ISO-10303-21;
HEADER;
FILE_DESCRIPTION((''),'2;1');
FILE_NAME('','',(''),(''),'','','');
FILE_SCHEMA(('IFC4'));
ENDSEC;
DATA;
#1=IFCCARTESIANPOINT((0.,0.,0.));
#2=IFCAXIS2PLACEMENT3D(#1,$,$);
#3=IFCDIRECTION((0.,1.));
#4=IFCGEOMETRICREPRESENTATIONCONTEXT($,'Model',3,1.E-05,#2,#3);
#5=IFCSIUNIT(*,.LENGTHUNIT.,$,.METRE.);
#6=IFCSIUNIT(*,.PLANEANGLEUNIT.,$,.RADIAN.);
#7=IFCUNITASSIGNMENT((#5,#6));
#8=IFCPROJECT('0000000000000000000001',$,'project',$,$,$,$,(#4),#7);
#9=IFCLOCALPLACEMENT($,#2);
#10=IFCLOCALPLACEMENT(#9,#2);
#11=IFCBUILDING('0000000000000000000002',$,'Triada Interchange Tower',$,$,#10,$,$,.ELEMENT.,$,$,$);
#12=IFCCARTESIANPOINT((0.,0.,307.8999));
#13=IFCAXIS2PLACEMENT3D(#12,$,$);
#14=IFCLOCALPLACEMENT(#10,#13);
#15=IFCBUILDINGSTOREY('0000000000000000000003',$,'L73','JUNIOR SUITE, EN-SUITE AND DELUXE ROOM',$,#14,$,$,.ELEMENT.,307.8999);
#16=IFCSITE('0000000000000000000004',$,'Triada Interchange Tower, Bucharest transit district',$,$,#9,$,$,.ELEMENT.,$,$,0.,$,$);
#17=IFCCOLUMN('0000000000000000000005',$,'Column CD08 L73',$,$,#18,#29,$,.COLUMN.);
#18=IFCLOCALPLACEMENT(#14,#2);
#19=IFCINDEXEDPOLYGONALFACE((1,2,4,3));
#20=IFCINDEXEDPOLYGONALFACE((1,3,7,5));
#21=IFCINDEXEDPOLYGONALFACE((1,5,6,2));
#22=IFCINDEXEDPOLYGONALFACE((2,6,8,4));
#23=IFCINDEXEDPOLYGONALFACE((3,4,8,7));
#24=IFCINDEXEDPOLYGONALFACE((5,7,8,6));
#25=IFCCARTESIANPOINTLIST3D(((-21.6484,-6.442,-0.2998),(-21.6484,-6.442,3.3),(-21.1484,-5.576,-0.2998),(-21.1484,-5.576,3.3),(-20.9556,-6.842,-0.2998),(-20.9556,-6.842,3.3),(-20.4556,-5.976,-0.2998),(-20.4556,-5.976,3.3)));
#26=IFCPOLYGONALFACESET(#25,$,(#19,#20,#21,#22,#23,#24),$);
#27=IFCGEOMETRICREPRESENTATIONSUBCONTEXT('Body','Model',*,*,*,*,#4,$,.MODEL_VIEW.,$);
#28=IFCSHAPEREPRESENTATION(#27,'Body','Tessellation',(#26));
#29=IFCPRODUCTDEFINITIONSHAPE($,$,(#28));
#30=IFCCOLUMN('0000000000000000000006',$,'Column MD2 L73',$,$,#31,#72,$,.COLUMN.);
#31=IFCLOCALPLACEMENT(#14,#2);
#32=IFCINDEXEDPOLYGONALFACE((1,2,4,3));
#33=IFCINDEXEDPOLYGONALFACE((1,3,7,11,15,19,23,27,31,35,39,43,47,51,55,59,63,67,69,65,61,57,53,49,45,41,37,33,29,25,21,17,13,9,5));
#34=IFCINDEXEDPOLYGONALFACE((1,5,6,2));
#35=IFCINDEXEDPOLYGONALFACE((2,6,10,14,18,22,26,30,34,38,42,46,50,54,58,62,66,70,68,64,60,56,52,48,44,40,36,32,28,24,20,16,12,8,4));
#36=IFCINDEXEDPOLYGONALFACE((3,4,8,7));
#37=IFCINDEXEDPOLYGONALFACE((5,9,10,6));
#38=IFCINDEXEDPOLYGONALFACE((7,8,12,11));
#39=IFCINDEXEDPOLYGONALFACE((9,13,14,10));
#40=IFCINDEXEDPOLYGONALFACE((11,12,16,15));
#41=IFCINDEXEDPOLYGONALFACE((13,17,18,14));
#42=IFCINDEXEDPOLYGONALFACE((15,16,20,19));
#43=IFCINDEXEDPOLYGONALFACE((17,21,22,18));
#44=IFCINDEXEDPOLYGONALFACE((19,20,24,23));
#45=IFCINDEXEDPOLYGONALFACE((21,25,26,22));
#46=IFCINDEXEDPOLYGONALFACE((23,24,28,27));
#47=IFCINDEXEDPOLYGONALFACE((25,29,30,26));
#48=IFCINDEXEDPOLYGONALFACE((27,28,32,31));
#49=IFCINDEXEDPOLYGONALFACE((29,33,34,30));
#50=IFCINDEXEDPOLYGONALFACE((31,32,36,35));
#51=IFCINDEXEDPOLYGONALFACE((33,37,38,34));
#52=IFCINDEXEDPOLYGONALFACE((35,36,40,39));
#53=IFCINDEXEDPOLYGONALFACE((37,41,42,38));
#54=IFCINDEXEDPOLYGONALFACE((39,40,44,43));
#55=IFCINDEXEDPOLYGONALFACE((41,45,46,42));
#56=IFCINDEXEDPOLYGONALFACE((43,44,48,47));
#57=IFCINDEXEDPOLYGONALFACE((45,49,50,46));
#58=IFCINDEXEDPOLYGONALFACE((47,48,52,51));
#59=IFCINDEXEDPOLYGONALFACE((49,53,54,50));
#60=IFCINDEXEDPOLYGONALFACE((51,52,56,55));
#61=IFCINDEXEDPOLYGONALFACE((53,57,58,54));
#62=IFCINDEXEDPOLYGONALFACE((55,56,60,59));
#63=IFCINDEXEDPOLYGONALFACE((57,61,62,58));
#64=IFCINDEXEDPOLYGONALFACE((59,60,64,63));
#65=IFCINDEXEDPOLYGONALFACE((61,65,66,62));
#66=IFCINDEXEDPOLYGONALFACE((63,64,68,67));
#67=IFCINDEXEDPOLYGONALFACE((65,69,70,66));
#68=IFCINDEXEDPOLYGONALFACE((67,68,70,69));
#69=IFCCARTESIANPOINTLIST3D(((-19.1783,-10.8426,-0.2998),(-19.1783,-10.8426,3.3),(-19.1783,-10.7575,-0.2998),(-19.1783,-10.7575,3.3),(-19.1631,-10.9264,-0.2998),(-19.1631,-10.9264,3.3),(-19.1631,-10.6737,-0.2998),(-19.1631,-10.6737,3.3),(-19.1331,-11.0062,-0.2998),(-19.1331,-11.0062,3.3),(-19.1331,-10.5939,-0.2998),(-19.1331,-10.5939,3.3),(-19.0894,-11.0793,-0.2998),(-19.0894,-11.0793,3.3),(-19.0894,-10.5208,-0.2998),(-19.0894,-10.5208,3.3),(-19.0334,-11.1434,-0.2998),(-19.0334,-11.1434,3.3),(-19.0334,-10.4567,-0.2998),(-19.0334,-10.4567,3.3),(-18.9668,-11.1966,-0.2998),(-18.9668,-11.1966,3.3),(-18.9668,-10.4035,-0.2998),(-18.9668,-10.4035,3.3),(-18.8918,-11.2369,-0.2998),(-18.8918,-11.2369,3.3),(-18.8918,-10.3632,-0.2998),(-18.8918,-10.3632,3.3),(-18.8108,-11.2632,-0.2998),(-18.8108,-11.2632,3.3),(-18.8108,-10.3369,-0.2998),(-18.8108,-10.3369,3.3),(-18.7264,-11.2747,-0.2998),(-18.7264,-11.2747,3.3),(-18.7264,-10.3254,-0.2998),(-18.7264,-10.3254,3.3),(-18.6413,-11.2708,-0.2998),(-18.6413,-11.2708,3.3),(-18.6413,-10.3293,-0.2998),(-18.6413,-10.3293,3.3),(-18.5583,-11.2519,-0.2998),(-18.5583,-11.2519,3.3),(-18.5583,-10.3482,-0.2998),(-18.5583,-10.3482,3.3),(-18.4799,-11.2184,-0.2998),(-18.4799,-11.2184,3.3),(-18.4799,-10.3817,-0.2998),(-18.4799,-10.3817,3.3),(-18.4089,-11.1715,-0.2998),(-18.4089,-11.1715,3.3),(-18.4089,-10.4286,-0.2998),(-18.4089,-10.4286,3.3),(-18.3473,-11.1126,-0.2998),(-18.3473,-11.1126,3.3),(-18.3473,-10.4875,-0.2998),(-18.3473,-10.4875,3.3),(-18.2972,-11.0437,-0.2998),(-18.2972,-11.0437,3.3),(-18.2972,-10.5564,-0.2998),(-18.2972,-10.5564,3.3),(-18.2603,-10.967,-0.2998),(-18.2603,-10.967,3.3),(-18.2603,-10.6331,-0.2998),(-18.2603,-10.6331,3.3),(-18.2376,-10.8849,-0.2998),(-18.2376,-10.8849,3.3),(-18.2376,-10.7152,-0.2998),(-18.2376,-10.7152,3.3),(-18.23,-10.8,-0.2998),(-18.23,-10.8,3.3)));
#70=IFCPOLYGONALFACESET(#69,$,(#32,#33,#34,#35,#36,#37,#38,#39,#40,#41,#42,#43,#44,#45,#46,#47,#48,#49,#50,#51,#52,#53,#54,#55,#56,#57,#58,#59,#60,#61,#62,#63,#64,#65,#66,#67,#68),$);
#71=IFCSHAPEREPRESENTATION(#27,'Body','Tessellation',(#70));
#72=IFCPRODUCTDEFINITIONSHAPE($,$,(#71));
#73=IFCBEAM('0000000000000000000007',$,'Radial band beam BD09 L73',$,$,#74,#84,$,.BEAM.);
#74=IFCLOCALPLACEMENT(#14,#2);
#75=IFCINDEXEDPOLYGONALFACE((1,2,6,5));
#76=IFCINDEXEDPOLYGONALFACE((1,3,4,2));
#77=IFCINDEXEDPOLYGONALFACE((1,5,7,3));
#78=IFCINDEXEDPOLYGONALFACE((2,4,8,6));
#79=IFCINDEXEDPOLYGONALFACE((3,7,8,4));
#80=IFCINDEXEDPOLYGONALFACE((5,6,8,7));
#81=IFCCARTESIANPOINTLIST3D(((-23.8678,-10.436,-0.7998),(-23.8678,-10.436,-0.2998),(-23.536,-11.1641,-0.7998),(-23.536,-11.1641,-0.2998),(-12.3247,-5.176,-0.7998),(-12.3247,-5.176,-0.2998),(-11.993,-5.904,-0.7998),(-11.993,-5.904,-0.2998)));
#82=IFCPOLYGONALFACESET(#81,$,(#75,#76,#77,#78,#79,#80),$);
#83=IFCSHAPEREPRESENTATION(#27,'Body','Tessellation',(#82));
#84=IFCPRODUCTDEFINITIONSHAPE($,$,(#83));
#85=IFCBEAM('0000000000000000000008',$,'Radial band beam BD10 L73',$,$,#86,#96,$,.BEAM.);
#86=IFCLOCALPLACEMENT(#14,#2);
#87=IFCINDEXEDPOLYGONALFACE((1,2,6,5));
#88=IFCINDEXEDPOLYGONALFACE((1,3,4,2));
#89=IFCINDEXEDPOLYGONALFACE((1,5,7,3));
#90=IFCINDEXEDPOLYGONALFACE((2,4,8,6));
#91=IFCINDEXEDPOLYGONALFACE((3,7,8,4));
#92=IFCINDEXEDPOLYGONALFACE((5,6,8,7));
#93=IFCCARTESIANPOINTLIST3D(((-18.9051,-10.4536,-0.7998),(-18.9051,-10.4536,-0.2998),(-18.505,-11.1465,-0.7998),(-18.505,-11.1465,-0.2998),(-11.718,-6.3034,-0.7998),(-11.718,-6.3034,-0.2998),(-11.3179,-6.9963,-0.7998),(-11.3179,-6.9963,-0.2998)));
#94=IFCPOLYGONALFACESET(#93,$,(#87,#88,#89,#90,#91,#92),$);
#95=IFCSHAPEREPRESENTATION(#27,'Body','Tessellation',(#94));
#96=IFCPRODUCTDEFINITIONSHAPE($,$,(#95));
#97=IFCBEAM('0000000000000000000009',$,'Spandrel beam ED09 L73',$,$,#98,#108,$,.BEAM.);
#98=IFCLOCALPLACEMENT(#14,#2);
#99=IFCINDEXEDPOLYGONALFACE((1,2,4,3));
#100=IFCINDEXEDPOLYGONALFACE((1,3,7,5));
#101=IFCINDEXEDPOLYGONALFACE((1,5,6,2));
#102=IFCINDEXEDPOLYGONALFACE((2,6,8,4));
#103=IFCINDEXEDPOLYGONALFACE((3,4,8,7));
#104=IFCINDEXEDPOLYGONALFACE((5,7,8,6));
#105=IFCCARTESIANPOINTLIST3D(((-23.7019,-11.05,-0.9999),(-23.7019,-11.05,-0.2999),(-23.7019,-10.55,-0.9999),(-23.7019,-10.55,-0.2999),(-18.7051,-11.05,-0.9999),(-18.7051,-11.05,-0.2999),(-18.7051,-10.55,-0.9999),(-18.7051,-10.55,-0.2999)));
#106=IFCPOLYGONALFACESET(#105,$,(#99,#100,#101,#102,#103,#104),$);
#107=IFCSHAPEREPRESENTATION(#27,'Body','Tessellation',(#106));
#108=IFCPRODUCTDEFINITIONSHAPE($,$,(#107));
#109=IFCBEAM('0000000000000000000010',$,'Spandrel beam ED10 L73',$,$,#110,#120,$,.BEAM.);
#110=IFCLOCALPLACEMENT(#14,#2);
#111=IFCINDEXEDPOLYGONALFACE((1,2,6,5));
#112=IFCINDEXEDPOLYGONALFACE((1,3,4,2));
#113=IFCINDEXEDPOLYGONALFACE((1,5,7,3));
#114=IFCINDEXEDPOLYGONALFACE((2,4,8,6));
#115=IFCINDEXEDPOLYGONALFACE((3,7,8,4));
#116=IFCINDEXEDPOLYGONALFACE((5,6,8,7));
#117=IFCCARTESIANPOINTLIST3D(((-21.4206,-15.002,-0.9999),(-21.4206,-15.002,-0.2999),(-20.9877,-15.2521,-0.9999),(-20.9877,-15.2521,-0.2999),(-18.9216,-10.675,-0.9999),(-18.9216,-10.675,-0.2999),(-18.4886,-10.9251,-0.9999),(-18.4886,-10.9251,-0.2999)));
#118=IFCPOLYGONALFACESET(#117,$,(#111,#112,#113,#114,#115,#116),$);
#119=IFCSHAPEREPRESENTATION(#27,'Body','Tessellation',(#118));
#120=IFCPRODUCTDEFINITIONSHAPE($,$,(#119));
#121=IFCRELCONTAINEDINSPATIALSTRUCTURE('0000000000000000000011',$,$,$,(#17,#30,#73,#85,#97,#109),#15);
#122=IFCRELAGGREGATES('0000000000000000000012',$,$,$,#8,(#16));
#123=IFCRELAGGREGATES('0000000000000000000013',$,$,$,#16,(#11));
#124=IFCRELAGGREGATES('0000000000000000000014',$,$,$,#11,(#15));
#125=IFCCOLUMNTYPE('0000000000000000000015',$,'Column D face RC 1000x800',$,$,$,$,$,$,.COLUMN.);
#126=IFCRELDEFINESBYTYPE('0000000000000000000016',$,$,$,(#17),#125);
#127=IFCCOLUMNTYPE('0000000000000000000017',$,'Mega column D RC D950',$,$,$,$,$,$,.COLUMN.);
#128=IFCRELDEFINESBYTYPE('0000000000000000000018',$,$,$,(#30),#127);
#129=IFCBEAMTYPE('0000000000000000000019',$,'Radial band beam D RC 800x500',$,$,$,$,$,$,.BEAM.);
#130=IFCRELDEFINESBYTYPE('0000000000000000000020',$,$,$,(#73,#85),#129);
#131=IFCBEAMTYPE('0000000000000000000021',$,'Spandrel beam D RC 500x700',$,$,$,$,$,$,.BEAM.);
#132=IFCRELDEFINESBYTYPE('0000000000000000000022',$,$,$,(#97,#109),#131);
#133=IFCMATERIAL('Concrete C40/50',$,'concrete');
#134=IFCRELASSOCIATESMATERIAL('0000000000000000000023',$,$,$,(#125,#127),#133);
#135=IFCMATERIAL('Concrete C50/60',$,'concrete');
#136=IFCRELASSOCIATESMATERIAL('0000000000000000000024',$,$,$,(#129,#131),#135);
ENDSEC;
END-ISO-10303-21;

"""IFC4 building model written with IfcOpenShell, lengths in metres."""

from ifc_helpers import new_model, si_unit, direction, frame, origin, origin_2d, place, context, subcontext, project, spatial, rectangle, circle, extrude, material, material_profile, profile_set, type_object, element, save


model = new_model("IFC4")

# Units and contexts
model_context = context("Model", 3, precision=1e-05, world=origin(), true_north=direction((0.0, 1.0)))
body_context = subcontext(model_context, "Body", "Model", "MODEL_VIEW")
ifc_project = project(units=[si_unit("LENGTHUNIT", "METRE"), si_unit("PLANEANGLEUNIT", "RADIAN")], contexts=[model_context])

# Site, building, storey
site_placement = place(None, origin())
site = spatial("IfcSite", under=ifc_project, at=site_placement, Name="Triada Interchange Tower, Bucharest transit district", CompositionType="ELEMENT", RefElevation=0.0)
building_placement = place(site_placement, origin())
building = spatial("IfcBuilding", under=site, at=building_placement, Name="Triada Interchange Tower", CompositionType="ELEMENT")
storey_placement = place(building_placement, frame((0.0, 0.0, 307.8999)))
storey = spatial("IfcBuildingStorey", under=building, at=storey_placement, Name="L73", Description="JUNIOR SUITE, EN-SUITE AND DELUXE ROOM", CompositionType="ELEMENT", Elevation=307.8999)

# Columns
ifc_material_1 = material(Name="Concrete C40/50", Category="concrete")
ifc_material_profile_1 = material_profile(ifc_material_1, rectangle(XDim=1.0, YDim=0.8, at=origin_2d()), Name="RC 1000x800")
ifc_profile_set_1 = profile_set([ifc_material_profile_1], Name="Concrete C40/50")
column_type_1 = type_object("IfcColumnType", Name="Column D face RC 1000x800", PredefinedType="COLUMN", material=ifc_profile_set_1)
column_1_placement = place(storey_placement, frame((-21.052, -6.209, -0.2998), z_axis=(0.0, 0.0, 1.0), x_axis=(0.5, 0.866025, 0.0)))
element("IfcColumn", 1, at=column_1_placement, inside=storey, type_object=column_type_1, Name="Column CD08 L73", PredefinedType="COLUMN", context=body_context, shape_type="SweptSolid", body=[
    extrude(rectangle(XDim=1.0, YDim=0.8, at=origin_2d()), origin(), (0.0, 0.0, 1.0), 3.5999),
])
ifc_material_profile_2 = material_profile(ifc_material_1, circle(Radius=0.4751, at=origin_2d()), Name="RC D950")
ifc_profile_set_2 = profile_set([ifc_material_profile_2], Name="Concrete C40/50")
column_type_2 = type_object("IfcColumnType", Name="Mega column D RC D950", PredefinedType="COLUMN", material=ifc_profile_set_2)
column_2_placement = place(storey_placement, frame((-18.7051, -10.8, -0.2998), z_axis=(0.0, 0.0, 1.0), x_axis=(1.0, 0.0, 0.0)))
element("IfcColumn", 2, at=column_2_placement, inside=storey, type_object=column_type_2, Name="Column MD2 L73", PredefinedType="COLUMN", context=body_context, shape_type="SweptSolid", body=[
    extrude(circle(Radius=0.4751, at=origin_2d()), origin(), (0.0, 0.0, 1.0), 3.5999),
])

# Beams
ifc_material_2 = material(Name="Concrete C50/60", Category="concrete")
ifc_material_profile_3 = material_profile(ifc_material_2, rectangle(XDim=0.8, YDim=0.5, at=origin_2d()), Name="RC 800x500")
ifc_profile_set_3 = profile_set([ifc_material_profile_3], Name="Concrete C50/60")
beam_type_1 = type_object("IfcBeamType", Name="Radial band beam D RC 800x500", PredefinedType="BEAM", material=ifc_profile_set_3)
beam_1_placement = place(storey_placement, frame((-23.7019, -10.8, -0.5498), z_axis=(0.909974, 0.414666, 0.0), x_axis=(-0.414666, 0.909974, 0.0)))
element("IfcBeam", 3, at=beam_1_placement, inside=storey, type_object=beam_type_1, Name="Radial band beam BD09 L73", PredefinedType="BEAM", context=body_context, shape_type="SweptSolid", body=[
    extrude(rectangle(XDim=0.8, YDim=0.5, at=origin_2d()), origin(), (0.0, 0.0, 1.0), 12.6851),
])
beam_2_placement = place(storey_placement, frame((-18.7051, -10.8, -0.5498), z_axis=(0.865988, 0.500065, 0.0), x_axis=(-0.500065, 0.865988, 0.0)))
element("IfcBeam", 4, at=beam_2_placement, inside=storey, type_object=beam_type_1, Name="Radial band beam BD10 L73", PredefinedType="BEAM", context=body_context, shape_type="SweptSolid", body=[
    extrude(rectangle(XDim=0.8, YDim=0.5, at=origin_2d()), origin(), (0.0, 0.0, 1.0), 8.2993),
])
ifc_material_profile_4 = material_profile(ifc_material_2, rectangle(XDim=0.5, YDim=0.7, at=origin_2d()), Name="RC 500x700")
ifc_profile_set_4 = profile_set([ifc_material_profile_4], Name="Concrete C50/60")
beam_type_2 = type_object("IfcBeamType", Name="Spandrel beam D RC 500x700", PredefinedType="BEAM", material=ifc_profile_set_4)
for number, where, z_axis, x_axis, name in (
    (5, (-23.7019, -10.8, -0.6499), (1.0, 0.0, 0.0), (0.0, 1.0, 0.0), "Spandrel beam ED09 L73"),
    (6, (-18.7051, -10.8, -0.6499), (-0.500133, -0.865949, 0.0), (0.865949, -0.500133, 0.0), "Spandrel beam ED10 L73"),
):
    element("IfcBeam", number, at=place(storey_placement, frame(where, z_axis=z_axis, x_axis=x_axis)), inside=storey, type_object=beam_type_2, Name=name, PredefinedType="BEAM", context=body_context, shape_type="SweptSolid", body=[
        extrude(rectangle(XDim=0.5, YDim=0.7, at=origin_2d()), origin(), (0.0, 0.0, 1.0), 4.9968),
    ])

save(model, "model.ifc")
